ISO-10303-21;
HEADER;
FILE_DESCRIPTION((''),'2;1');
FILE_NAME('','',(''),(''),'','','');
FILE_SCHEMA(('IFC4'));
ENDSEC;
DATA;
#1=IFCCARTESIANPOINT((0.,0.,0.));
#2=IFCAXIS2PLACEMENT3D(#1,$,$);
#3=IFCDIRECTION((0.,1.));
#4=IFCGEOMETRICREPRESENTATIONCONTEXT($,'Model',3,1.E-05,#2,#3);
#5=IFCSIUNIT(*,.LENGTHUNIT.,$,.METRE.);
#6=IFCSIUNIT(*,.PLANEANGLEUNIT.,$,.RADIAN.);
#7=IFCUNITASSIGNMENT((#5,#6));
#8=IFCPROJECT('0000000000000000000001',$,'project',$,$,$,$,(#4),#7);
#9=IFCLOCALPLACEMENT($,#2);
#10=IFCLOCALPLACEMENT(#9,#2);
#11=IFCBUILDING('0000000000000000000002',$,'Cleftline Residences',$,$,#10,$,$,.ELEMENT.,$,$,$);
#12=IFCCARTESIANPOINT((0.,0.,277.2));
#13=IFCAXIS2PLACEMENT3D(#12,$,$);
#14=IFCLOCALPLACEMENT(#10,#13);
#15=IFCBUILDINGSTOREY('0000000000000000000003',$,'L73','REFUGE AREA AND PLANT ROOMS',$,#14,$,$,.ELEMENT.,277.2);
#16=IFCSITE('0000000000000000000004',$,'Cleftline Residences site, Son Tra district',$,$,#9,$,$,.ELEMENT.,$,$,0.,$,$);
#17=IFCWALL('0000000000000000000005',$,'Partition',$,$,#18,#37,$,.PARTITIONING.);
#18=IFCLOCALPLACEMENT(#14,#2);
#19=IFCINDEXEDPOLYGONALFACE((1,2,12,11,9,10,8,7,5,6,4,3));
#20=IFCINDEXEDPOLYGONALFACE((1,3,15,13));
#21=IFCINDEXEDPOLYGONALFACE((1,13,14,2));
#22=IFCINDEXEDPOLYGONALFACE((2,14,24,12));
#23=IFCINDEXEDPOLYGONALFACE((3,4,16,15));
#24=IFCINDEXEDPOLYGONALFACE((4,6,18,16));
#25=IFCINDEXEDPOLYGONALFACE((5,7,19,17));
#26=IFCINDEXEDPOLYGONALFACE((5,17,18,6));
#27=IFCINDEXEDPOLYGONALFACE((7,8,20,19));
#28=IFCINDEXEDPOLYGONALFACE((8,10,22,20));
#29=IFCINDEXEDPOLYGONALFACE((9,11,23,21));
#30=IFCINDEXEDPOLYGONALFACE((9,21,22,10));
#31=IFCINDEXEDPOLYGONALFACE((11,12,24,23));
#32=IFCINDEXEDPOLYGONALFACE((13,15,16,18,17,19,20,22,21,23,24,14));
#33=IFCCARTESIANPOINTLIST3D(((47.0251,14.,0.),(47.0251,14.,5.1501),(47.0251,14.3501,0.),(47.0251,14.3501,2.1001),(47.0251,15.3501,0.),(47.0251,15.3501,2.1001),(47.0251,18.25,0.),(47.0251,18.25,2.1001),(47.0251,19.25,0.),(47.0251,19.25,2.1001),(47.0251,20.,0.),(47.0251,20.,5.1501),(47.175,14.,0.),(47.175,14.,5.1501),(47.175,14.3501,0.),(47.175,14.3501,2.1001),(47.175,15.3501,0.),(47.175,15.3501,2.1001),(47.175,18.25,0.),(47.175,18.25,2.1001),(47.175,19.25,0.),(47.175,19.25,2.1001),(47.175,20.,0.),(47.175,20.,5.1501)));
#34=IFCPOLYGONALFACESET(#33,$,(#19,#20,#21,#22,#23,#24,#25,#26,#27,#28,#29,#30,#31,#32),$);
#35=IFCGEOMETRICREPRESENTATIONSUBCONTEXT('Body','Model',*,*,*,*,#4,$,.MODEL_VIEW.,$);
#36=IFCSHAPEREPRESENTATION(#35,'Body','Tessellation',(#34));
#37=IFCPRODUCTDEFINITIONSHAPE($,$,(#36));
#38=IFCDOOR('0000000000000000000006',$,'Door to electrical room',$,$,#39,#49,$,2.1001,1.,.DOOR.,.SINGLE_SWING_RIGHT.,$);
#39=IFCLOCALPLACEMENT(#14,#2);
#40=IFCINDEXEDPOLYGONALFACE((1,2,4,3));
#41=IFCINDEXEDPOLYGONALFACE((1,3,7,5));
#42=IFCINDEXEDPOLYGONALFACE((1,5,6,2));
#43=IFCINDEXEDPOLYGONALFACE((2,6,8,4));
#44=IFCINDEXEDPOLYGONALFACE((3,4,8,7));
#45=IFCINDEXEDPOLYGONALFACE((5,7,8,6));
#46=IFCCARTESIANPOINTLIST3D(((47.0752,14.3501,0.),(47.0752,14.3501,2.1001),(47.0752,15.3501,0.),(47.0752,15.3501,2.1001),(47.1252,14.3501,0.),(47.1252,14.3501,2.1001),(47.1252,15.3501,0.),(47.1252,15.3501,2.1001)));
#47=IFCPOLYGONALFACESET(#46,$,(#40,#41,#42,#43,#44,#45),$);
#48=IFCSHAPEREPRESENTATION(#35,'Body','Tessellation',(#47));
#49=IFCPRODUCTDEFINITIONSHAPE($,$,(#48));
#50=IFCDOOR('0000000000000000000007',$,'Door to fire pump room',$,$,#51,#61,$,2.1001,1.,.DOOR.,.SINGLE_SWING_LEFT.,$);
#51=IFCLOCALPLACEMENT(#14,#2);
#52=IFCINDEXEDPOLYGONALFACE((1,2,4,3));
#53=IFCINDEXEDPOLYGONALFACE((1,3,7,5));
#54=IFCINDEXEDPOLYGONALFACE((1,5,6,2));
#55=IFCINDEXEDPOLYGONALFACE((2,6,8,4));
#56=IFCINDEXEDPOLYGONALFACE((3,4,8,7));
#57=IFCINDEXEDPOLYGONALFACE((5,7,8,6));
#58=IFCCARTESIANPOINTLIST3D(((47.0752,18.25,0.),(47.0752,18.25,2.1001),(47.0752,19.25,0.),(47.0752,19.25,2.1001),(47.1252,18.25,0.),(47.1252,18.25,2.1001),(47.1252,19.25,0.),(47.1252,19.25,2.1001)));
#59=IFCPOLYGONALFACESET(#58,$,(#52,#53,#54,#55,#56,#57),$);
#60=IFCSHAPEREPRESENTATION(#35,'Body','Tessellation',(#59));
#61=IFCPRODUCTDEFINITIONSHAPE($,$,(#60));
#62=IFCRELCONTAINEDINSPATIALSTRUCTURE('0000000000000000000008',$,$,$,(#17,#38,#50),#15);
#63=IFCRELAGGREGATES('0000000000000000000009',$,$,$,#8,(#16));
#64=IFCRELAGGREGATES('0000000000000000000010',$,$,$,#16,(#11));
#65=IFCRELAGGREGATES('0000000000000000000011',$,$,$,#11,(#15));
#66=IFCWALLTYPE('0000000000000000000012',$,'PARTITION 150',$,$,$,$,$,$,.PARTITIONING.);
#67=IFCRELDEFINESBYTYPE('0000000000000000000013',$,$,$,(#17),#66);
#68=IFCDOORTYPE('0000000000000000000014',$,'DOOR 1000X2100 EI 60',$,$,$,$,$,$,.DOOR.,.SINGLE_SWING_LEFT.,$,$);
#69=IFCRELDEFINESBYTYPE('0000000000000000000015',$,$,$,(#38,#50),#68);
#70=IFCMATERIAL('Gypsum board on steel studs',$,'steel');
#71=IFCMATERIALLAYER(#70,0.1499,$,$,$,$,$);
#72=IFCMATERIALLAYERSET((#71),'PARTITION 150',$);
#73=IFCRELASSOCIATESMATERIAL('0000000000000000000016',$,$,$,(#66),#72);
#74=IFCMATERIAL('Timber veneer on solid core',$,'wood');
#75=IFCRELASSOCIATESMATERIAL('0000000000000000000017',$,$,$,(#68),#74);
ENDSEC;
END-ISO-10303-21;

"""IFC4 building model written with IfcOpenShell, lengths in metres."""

from ifc_helpers import new_model, si_unit, direction, frame, frame_2d, origin, place, context, subcontext, project, spatial, rectangle, extrude, material, layer, layer_set, type_object, element, fill, save


model = new_model("IFC4")

# Units and contexts
model_context = context("Model", 3, precision=1e-05, world=origin(), true_north=direction((0.0, 1.0)))
body_context = subcontext(model_context, "Body", "Model", "MODEL_VIEW")
ifc_project = project(units=[si_unit("LENGTHUNIT", "METRE"), si_unit("PLANEANGLEUNIT", "RADIAN")], contexts=[model_context])

# Site, building, storey
site_placement = place(None, origin())
site = spatial("IfcSite", under=ifc_project, at=site_placement, Name="Cleftline Residences site, Son Tra district", CompositionType="ELEMENT", RefElevation=0.0)
building_placement = place(site_placement, origin())
building = spatial("IfcBuilding", under=site, at=building_placement, Name="Cleftline Residences", CompositionType="ELEMENT")
storey_placement = place(building_placement, frame((0.0, 0.0, 277.2)))
storey = spatial("IfcBuildingStorey", under=building, at=storey_placement, Name="L73", Description="REFUGE AREA AND PLANT ROOMS", CompositionType="ELEMENT", Elevation=277.2)

# Shared definitions
ifc_material_1 = material(Name="Gypsum board on steel studs", Category="steel")
ifc_layer_1 = layer(ifc_material_1, 0.1499)
ifc_layer_set_1 = layer_set([ifc_layer_1], Name="PARTITION 150")
wall_type_1 = type_object("IfcWallType", Name="PARTITION 150", PredefinedType="PARTITIONING", material=ifc_layer_set_1)
ifc_material_2 = material(Name="Timber veneer on solid core", Category="wood")
door_type_1 = type_object("IfcDoorType", Name="DOOR 1000X2100 EI 60", OperationType="SINGLE_SWING_LEFT", PredefinedType="DOOR", material=ifc_material_2)

# Wall, openings, doors
wall_1_placement = place(storey_placement, frame((47.1001, 14.0, 0.0), z_axis=(0.0, 0.0, 1.0), x_axis=(0.0, 1.0, 0.0)))
wall_1 = element("IfcWall", 1, at=wall_1_placement, inside=storey, type_object=wall_type_1, Name="Partition", PredefinedType="PARTITIONING", context=body_context, shape_type="SweptSolid", body=[
    extrude(rectangle(XDim=6.0, YDim=0.1499, at=frame_2d((3.0, 0.0))), origin(), (0.0, 0.0, 1.0), 5.1501),
])
opening_1_placement = place(wall_1_placement, frame((0.3501, 0.0, 0.0)))
opening_1 = element("IfcOpeningElement", 2, at=opening_1_placement, cuts=wall_1, PredefinedType="OPENING", context=body_context, shape_type="SweptSolid", body=[
    extrude(rectangle(XDim=1.0, YDim=2.1001, at=frame_2d((0.5, 1.05))), frame((0.0, 0.085, 0.0), z_axis=(0.0, -1.0, 0.0), x_axis=(1.0, 0.0, 0.0)), (0.0, 0.0, 1.0), 0.1699),
])
opening_2_placement = place(wall_1_placement, frame((4.25, 0.0, 0.0)))
opening_2 = element("IfcOpeningElement", 3, at=opening_2_placement, cuts=wall_1, PredefinedType="OPENING", context=body_context, shape_type="SweptSolid", body=[
    extrude(rectangle(XDim=1.0, YDim=2.1001, at=frame_2d((0.5, 1.05))), frame((0.0, 0.085, 0.0), z_axis=(0.0, -1.0, 0.0), x_axis=(1.0, 0.0, 0.0)), (0.0, 0.0, 1.0), 0.1699),
])
door_1_placement = place(opening_1_placement, origin())
door_1 = element("IfcDoor", 4, at=door_1_placement, inside=storey, type_object=door_type_1, Name="Door to electrical room", OperationType="SINGLE_SWING_RIGHT", OverallHeight=2.1001, OverallWidth=1.0, PredefinedType="DOOR", context=body_context, shape_type="SweptSolid", body=[
    extrude(rectangle(XDim=1.0, YDim=2.1001, at=frame_2d((0.5, 1.05))), frame((0.0, 0.0249, 0.0), z_axis=(0.0, -1.0, 0.0), x_axis=(1.0, 0.0, 0.0)), (0.0, 0.0, 1.0), 0.05),
])
fill(opening_1, door_1)
door_2_placement = place(opening_2_placement, origin())
door_2 = element("IfcDoor", 5, at=door_2_placement, inside=storey, type_object=door_type_1, Name="Door to fire pump room", OperationType="SINGLE_SWING_LEFT", OverallHeight=2.1001, OverallWidth=1.0, PredefinedType="DOOR", context=body_context, shape_type="SweptSolid", body=[
    extrude(rectangle(XDim=1.0, YDim=2.1001, at=frame_2d((0.5, 1.05))), frame((0.0, 0.0249, 0.0), z_axis=(0.0, -1.0, 0.0), x_axis=(1.0, 0.0, 0.0)), (0.0, 0.0, 1.0), 0.05),
])
fill(opening_2, door_2)

save(model, "model.ifc")
